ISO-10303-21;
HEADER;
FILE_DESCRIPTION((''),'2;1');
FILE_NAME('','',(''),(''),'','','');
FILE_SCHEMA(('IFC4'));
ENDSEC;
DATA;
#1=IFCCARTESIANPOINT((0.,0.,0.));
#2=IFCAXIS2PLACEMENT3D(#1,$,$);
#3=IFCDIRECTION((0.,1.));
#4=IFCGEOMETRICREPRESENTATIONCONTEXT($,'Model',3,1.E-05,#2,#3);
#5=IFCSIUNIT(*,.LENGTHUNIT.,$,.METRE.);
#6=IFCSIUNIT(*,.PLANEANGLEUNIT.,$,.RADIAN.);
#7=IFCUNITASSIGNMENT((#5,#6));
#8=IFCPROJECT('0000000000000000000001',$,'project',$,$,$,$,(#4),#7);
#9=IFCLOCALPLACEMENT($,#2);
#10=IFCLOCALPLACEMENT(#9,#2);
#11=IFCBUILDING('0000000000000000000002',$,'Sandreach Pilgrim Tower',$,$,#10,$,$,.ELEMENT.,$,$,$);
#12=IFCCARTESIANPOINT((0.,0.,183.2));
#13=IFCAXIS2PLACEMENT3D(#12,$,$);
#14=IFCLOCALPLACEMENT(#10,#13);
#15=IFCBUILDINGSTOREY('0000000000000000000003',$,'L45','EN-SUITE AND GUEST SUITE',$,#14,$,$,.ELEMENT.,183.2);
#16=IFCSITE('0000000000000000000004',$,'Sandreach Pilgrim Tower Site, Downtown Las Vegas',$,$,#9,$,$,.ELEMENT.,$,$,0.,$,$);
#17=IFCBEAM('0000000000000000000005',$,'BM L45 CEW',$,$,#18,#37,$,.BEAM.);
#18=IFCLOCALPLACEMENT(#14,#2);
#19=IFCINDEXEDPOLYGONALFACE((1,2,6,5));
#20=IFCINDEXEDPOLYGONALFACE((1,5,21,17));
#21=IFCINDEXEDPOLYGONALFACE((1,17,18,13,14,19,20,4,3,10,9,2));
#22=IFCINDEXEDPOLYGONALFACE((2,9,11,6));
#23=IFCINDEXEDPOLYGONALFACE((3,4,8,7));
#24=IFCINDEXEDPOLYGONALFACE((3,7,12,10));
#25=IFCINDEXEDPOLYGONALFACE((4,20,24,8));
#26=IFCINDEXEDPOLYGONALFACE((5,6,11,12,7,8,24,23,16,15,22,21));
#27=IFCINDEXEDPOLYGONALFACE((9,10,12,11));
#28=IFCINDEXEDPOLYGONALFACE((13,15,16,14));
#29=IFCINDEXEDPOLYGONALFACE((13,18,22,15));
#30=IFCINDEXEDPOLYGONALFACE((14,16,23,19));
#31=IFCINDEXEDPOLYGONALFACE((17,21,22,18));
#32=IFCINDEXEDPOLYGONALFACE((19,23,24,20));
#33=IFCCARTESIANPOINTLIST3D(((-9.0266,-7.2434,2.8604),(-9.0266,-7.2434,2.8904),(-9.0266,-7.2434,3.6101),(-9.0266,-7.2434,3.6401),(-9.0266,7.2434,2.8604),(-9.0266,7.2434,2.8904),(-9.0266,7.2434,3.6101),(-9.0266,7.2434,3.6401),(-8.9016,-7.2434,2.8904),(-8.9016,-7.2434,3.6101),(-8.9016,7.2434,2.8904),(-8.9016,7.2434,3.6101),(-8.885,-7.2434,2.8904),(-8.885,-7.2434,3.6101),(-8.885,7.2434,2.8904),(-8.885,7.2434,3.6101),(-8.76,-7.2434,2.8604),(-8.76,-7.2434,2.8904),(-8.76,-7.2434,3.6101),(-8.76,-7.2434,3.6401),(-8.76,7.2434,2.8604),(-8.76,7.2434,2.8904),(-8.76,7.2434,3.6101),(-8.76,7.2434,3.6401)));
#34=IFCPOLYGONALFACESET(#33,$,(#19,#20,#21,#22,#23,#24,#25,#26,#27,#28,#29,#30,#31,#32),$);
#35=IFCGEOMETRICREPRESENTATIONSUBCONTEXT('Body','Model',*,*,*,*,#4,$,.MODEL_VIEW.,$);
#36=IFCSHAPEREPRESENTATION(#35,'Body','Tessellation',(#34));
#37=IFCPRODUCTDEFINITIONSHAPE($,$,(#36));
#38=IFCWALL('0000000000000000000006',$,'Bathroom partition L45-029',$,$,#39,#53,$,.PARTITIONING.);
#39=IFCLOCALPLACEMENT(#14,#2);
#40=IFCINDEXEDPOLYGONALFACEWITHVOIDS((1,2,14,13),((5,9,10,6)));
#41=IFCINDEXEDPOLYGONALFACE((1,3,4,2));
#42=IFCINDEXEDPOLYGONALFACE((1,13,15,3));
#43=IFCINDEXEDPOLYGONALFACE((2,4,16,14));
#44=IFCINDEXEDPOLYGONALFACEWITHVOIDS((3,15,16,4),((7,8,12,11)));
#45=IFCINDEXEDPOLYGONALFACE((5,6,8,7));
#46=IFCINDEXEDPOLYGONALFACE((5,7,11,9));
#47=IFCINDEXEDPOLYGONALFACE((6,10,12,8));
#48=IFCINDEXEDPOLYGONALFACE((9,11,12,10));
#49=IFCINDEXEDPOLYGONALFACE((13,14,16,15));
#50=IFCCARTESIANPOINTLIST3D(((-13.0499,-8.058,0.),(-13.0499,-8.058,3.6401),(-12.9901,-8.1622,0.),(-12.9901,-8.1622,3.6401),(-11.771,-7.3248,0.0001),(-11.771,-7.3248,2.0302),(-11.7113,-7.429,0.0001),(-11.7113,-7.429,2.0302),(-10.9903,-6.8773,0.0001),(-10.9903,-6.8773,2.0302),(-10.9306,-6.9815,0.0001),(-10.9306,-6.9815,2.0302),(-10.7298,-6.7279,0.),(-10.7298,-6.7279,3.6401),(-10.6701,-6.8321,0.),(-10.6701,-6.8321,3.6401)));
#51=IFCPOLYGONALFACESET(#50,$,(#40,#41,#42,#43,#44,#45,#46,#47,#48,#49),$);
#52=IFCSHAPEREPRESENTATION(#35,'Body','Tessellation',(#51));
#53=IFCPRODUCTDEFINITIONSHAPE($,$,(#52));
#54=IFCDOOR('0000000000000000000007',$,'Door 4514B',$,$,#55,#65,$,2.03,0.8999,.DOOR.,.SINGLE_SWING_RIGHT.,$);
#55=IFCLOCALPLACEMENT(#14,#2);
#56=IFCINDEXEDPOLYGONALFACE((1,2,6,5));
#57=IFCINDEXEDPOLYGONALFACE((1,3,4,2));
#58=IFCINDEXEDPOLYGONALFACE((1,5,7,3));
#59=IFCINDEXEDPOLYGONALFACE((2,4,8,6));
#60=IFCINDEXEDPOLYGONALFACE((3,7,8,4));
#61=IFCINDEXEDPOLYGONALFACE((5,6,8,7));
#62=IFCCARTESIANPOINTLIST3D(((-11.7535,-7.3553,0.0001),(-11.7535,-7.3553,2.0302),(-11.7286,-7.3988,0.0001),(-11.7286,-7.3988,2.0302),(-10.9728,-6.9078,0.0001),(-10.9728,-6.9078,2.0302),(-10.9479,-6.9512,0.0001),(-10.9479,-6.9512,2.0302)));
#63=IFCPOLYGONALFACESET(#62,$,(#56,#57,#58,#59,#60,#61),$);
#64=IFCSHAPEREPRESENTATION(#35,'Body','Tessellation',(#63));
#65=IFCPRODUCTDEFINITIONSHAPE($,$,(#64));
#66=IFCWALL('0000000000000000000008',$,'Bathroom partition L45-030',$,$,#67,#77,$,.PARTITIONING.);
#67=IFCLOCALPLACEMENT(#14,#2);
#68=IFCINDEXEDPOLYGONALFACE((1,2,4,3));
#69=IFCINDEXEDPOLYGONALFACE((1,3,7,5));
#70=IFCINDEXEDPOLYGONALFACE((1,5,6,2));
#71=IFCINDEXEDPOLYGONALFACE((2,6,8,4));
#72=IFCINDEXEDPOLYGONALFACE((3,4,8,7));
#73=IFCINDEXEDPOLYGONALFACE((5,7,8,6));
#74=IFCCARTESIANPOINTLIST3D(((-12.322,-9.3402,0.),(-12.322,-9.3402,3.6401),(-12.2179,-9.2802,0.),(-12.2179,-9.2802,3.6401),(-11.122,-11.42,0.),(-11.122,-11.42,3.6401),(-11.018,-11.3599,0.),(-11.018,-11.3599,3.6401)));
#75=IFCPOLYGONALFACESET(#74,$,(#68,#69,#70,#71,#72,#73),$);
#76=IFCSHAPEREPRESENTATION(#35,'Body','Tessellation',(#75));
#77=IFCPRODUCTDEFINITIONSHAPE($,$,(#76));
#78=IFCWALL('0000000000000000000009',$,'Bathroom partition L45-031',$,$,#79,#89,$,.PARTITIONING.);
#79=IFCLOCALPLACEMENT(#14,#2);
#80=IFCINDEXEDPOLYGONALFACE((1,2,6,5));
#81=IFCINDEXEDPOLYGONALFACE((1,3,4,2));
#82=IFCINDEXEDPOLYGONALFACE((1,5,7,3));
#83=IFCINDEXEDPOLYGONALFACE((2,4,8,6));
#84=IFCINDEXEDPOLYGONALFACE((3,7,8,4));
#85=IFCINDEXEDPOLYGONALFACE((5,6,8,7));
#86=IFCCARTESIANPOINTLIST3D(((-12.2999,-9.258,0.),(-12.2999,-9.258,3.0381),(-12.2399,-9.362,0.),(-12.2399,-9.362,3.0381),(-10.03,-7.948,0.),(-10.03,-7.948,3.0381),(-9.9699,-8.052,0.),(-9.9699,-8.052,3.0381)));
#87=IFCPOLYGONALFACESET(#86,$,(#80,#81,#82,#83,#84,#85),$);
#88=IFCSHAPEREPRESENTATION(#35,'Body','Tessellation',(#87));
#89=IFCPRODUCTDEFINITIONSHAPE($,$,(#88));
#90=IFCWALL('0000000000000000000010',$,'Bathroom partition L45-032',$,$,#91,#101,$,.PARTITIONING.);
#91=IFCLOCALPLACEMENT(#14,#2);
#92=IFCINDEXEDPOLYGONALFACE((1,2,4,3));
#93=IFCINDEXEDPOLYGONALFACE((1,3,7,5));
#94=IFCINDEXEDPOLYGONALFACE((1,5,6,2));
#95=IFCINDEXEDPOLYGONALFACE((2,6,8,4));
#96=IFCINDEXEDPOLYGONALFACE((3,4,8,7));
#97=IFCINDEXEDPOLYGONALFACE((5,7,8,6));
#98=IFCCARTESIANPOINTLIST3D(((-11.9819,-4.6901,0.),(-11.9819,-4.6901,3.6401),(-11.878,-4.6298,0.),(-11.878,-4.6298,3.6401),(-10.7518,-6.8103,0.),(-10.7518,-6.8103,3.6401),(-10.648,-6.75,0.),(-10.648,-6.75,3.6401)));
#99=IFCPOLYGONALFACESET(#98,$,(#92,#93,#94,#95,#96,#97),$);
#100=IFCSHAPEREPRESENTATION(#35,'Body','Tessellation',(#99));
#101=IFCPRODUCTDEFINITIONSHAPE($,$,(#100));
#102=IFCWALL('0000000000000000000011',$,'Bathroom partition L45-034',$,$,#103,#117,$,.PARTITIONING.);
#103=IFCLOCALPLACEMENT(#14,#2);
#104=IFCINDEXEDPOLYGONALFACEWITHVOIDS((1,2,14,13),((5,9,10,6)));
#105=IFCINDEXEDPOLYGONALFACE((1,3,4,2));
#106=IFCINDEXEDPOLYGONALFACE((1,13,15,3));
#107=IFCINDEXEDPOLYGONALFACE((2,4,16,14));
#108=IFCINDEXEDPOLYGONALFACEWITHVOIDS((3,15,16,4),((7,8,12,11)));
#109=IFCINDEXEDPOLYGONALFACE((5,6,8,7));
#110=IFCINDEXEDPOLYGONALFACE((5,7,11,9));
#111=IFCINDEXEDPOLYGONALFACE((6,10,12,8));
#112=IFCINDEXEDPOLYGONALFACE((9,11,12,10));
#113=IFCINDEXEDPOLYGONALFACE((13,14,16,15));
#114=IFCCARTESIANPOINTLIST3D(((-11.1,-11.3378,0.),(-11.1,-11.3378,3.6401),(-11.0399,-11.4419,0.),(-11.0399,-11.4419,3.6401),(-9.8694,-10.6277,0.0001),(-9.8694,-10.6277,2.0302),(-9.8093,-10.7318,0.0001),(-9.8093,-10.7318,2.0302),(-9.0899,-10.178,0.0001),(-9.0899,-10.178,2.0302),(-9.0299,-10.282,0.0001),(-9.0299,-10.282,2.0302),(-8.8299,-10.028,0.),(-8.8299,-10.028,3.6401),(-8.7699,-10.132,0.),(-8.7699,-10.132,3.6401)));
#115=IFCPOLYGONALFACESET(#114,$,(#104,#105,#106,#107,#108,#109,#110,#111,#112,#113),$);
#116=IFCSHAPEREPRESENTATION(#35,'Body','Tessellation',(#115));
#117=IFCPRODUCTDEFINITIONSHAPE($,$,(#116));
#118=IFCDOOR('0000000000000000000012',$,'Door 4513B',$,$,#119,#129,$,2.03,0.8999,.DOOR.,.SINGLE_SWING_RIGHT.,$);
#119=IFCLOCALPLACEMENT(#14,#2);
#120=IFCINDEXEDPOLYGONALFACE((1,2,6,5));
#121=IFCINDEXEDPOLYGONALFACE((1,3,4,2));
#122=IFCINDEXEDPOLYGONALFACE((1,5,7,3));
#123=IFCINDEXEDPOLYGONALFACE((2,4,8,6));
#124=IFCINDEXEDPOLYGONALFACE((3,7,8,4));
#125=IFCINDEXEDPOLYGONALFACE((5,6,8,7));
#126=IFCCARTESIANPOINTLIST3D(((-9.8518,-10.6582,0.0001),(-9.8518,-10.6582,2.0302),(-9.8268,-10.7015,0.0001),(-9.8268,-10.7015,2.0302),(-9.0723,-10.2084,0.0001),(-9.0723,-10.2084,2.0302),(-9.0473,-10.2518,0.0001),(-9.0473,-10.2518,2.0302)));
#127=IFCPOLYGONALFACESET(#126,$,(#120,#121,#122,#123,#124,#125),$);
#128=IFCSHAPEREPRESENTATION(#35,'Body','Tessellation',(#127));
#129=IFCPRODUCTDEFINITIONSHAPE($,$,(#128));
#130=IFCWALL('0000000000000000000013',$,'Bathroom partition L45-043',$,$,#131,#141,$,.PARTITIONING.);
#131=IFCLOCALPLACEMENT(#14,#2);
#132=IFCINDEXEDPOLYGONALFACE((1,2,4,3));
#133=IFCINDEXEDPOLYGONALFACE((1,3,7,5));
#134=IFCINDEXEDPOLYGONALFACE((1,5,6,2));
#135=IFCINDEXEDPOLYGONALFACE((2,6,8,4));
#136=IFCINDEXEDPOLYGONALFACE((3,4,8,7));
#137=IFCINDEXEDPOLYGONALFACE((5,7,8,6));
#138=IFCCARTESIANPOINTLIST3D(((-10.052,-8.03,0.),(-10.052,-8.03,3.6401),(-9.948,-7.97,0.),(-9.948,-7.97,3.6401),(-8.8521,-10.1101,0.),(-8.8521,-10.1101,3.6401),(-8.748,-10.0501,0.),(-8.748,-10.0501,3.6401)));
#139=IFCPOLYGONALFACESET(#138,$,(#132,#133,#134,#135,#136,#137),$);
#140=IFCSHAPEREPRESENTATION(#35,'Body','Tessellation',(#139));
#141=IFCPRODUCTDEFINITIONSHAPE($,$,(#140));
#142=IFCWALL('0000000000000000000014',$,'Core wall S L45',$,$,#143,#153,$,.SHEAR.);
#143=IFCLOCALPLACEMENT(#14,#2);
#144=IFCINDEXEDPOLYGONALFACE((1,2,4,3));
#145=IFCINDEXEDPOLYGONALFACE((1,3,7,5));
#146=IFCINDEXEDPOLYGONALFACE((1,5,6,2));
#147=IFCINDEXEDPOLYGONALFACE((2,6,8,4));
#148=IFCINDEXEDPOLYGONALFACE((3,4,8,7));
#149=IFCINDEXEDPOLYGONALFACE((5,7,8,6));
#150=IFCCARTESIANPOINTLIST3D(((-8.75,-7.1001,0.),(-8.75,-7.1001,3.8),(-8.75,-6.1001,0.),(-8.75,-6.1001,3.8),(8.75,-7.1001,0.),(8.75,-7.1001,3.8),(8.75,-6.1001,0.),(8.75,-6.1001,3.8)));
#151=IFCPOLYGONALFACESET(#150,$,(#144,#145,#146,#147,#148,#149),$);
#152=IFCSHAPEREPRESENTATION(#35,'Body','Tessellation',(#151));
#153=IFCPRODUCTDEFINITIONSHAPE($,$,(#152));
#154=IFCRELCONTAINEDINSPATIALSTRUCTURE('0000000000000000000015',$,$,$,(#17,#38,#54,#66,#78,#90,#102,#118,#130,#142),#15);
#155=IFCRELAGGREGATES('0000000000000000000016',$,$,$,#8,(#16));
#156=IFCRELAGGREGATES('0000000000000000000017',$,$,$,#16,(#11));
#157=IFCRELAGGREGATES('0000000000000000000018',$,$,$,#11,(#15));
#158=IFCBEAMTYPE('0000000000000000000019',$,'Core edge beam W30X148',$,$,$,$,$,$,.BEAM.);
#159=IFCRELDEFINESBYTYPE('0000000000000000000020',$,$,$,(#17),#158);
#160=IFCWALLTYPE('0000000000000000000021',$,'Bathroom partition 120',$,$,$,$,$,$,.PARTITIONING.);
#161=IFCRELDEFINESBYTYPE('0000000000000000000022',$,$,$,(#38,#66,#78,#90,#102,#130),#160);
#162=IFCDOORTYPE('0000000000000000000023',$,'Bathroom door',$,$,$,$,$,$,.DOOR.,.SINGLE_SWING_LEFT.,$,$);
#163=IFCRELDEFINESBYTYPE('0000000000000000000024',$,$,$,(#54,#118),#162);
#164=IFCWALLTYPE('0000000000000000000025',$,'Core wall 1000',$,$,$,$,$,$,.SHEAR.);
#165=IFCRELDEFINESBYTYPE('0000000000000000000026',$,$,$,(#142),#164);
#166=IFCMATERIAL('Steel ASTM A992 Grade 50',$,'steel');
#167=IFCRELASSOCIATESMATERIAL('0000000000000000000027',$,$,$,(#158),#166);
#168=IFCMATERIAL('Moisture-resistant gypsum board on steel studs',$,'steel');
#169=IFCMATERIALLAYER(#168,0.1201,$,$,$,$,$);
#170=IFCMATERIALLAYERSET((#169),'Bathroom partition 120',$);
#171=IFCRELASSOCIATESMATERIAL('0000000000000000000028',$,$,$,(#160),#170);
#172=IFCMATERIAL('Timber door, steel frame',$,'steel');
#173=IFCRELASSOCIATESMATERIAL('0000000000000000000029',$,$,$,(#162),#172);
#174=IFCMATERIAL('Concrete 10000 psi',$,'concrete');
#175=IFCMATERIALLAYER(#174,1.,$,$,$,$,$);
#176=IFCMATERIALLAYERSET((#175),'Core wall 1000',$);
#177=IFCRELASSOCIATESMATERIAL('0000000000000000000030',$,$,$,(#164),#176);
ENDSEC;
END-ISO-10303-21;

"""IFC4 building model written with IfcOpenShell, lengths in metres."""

from ifc_helpers import new_model, si_unit, direction, frame, frame_2d, origin, origin_2d, place, context, subcontext, project, spatial, rectangle, i_section, extrude, material, layer, layer_set, material_profile, profile_set, type_object, element, fill, save


model = new_model("IFC4")

# Units and contexts
model_context = context("Model", 3, precision=1e-05, world=origin(), true_north=direction((0.0, 1.0)))
body_context = subcontext(model_context, "Body", "Model", "MODEL_VIEW")
ifc_project = project(units=[si_unit("LENGTHUNIT", "METRE"), si_unit("PLANEANGLEUNIT", "RADIAN")], contexts=[model_context])

# Site, building, storey
site_placement = place(None, origin())
site = spatial("IfcSite", under=ifc_project, at=site_placement, Name="Sandreach Pilgrim Tower Site, Downtown Las Vegas", CompositionType="ELEMENT", RefElevation=0.0)
building_placement = place(site_placement, origin())
building = spatial("IfcBuilding", under=site, at=building_placement, Name="Sandreach Pilgrim Tower", CompositionType="ELEMENT")
storey_placement = place(building_placement, frame((0.0, 0.0, 183.2)))
storey = spatial("IfcBuildingStorey", under=building, at=storey_placement, Name="L45", Description="EN-SUITE AND GUEST SUITE", CompositionType="ELEMENT", Elevation=183.2)

# Beam
ifc_material_1 = material(Name="Steel ASTM A992 Grade 50", Category="steel")
ifc_material_profile = material_profile(ifc_material_1, i_section(OverallWidth=0.2666, OverallDepth=0.7798, WebThickness=0.0166, FlangeThickness=0.03, at=origin_2d()), Name="W30X148")
ifc_profile_set = profile_set([ifc_material_profile], Name="Steel ASTM A992 Grade 50")
beam_type = type_object("IfcBeamType", Name="Core edge beam W30X148", PredefinedType="BEAM", material=ifc_profile_set)
beam_placement = place(storey_placement, frame((-8.8933, -7.2434, 3.2502), z_axis=(0.0, 1.0, 0.0), x_axis=(-1.0, 0.0, 0.0)))
element("IfcBeam", 1, at=beam_placement, inside=storey, type_object=beam_type, Name="BM L45 CEW", PredefinedType="BEAM", context=body_context, shape_type="SweptSolid", body=[
    extrude(i_section(OverallWidth=0.2666, OverallDepth=0.7798, WebThickness=0.0166, FlangeThickness=0.03, at=origin_2d()), origin(), (0.0, 0.0, 1.0), 14.4868),
])

# Wall, opening, door
ifc_material_2 = material(Name="Moisture-resistant gypsum board on steel studs", Category="steel")
ifc_layer_1 = layer(ifc_material_2, 0.1201)
ifc_layer_set_1 = layer_set([ifc_layer_1], Name="Bathroom partition 120")
wall_type_1 = type_object("IfcWallType", Name="Bathroom partition 120", PredefinedType="PARTITIONING", material=ifc_layer_set_1)
wall_1_placement = place(storey_placement, frame((-13.02, -8.1101, 0.0), z_axis=(0.0, 0.0, 1.0), x_axis=(0.867546, 0.497358, 0.0)))
wall_1 = element("IfcWall", 2, at=wall_1_placement, inside=storey, type_object=wall_type_1, Name="Bathroom partition L45-029", PredefinedType="PARTITIONING", context=body_context, shape_type="SweptSolid", body=[
    extrude(rectangle(XDim=2.6743, YDim=0.1201, at=frame_2d((1.3372, 0.0))), origin(), (0.0, 0.0, 1.0), 3.6401),
])
opening_1_placement = place(wall_1_placement, frame((1.4741, 0.0, 0.0)))
opening_1 = element("IfcOpeningElement", 3, at=opening_1_placement, cuts=wall_1, PredefinedType="OPENING", context=body_context, shape_type="SweptSolid", body=[
    extrude(rectangle(XDim=0.8999, YDim=2.03, at=frame_2d((0.45, 1.0151))), frame((0.0, 0.0601, 0.0), z_axis=(0.0, -1.0, 0.0), x_axis=(1.0, 0.0, 0.0)), (0.0, 0.0, 1.0), 0.1201),
])
ifc_material_3 = material(Name="Timber door, steel frame", Category="steel")
door_type_1 = type_object("IfcDoorType", Name="Bathroom door", OperationType="SINGLE_SWING_LEFT", PredefinedType="DOOR", material=ifc_material_3)
door_1_placement = place(opening_1_placement, origin())
door_1 = element("IfcDoor", 4, at=door_1_placement, inside=storey, type_object=door_type_1, Name="Door 4514B", OperationType="SINGLE_SWING_RIGHT", OverallHeight=2.03, OverallWidth=0.8999, PredefinedType="DOOR", context=body_context, shape_type="SweptSolid", body=[
    extrude(rectangle(XDim=0.8999, YDim=2.03, at=frame_2d((0.45, 1.0151))), frame((0.0, 0.0249, 0.0), z_axis=(0.0, -1.0, 0.0), x_axis=(1.0, 0.0, 0.0)), (0.0, 0.0, 1.0), 0.05),
])
fill(opening_1, door_1)

# Walls
wall_2_placement = place(storey_placement, frame((-12.27, -9.3101, 0.0), z_axis=(0.0, 0.0, 1.0), x_axis=(0.499737, -0.866177, 0.0)))
element("IfcWall", 5, at=wall_2_placement, inside=storey, type_object=wall_type_1, Name="Bathroom partition L45-030", PredefinedType="PARTITIONING", context=body_context, shape_type="SweptSolid", body=[
    extrude(rectangle(XDim=2.4011, YDim=0.1201, at=frame_2d((1.2007, 0.0))), origin(), (0.0, 0.0, 1.0), 3.6401),
])
wall_3_placement = place(storey_placement, frame((-12.27, -9.3101, 0.0), z_axis=(0.0, 0.0, 1.0), x_axis=(0.866114, 0.499846, 0.0)))
element("IfcWall", 6, at=wall_3_placement, inside=storey, type_object=wall_type_1, Name="Bathroom partition L45-031", PredefinedType="PARTITIONING", context=body_context, shape_type="SweptSolid", body=[
    extrude(rectangle(XDim=2.6208, YDim=0.1201, at=frame_2d((1.3105, 0.0))), origin(), (0.0, 0.0, 1.0), 3.0381),
])
wall_4_placement = place(storey_placement, frame((-11.9299, -4.6599, 0.0), z_axis=(0.0, 0.0, 1.0), x_axis=(0.501813, -0.864976, 0.0)))
element("IfcWall", 7, at=wall_4_placement, inside=storey, type_object=wall_type_1, Name="Bathroom partition L45-032", PredefinedType="PARTITIONING", context=body_context, shape_type="SweptSolid", body=[
    extrude(rectangle(XDim=2.4512, YDim=0.1201, at=frame_2d((1.2256, 0.0))), origin(), (0.0, 0.0, 1.0), 3.6401),
])

# Wall, opening, door
wall_5_placement = place(storey_placement, frame((-11.0701, -11.3899, 0.0), z_axis=(0.0, 0.0, 1.0), x_axis=(0.866155, 0.499776, 0.0)))
wall_5 = element("IfcWall", 8, at=wall_5_placement, inside=storey, type_object=wall_type_1, Name="Bathroom partition L45-034", PredefinedType="PARTITIONING", context=body_context, shape_type="SweptSolid", body=[
    extrude(rectangle(XDim=2.6208, YDim=0.1201, at=frame_2d((1.3105, 0.0))), origin(), (0.0, 0.0, 1.0), 3.6401),
])
opening_2_placement = place(wall_5_placement, frame((1.4209, 0.0, 0.0)))
opening_2 = element("IfcOpeningElement", 9, at=opening_2_placement, cuts=wall_5, PredefinedType="OPENING", context=body_context, shape_type="SweptSolid", body=[
    extrude(rectangle(XDim=0.8999, YDim=2.03, at=frame_2d((0.45, 1.0151))), frame((0.0, 0.0601, 0.0), z_axis=(0.0, -1.0, 0.0), x_axis=(1.0, 0.0, 0.0)), (0.0, 0.0, 1.0), 0.1201),
])
door_2_placement = place(opening_2_placement, origin())
door_2 = element("IfcDoor", 10, at=door_2_placement, inside=storey, type_object=door_type_1, Name="Door 4513B", OperationType="SINGLE_SWING_RIGHT", OverallHeight=2.03, OverallWidth=0.8999, PredefinedType="DOOR", context=body_context, shape_type="SweptSolid", body=[
    extrude(rectangle(XDim=0.8999, YDim=2.03, at=frame_2d((0.45, 1.0151))), frame((0.0, 0.0249, 0.0), z_axis=(0.0, -1.0, 0.0), x_axis=(1.0, 0.0, 0.0)), (0.0, 0.0, 1.0), 0.05),
])
fill(opening_2, door_2)

# Walls
wall_6_placement = place(storey_placement, frame((-10.0, -8.0, 0.0), z_axis=(0.0, 0.0, 1.0), x_axis=(0.499693, -0.866203, 0.0)))
element("IfcWall", 11, at=wall_6_placement, inside=storey, type_object=wall_type_1, Name="Bathroom partition L45-043", PredefinedType="PARTITIONING", context=body_context, shape_type="SweptSolid", body=[
    extrude(rectangle(XDim=2.4014, YDim=0.1201, at=frame_2d((1.2007, 0.0))), origin(), (0.0, 0.0, 1.0), 3.6401),
])
ifc_material_4 = material(Name="Concrete 10000 psi", Category="concrete")
ifc_layer_2 = layer(ifc_material_4, 1.0)
ifc_layer_set_2 = layer_set([ifc_layer_2], Name="Core wall 1000")
wall_type_2 = type_object("IfcWallType", Name="Core wall 1000", PredefinedType="SHEAR", material=ifc_layer_set_2)
wall_7_placement = place(storey_placement, frame((-8.75, -6.6001, 0.0), z_axis=(0.0, 0.0, 1.0), x_axis=(1.0, 0.0, 0.0)))
element("IfcWall", 12, at=wall_7_placement, inside=storey, type_object=wall_type_2, Name="Core wall S L45", PredefinedType="SHEAR", context=body_context, shape_type="SweptSolid", body=[
    extrude(rectangle(XDim=17.5, YDim=1.0, at=frame_2d((8.75, 0.0))), origin(), (0.0, 0.0, 1.0), 3.8),
])

save(model, "model.ifc")
